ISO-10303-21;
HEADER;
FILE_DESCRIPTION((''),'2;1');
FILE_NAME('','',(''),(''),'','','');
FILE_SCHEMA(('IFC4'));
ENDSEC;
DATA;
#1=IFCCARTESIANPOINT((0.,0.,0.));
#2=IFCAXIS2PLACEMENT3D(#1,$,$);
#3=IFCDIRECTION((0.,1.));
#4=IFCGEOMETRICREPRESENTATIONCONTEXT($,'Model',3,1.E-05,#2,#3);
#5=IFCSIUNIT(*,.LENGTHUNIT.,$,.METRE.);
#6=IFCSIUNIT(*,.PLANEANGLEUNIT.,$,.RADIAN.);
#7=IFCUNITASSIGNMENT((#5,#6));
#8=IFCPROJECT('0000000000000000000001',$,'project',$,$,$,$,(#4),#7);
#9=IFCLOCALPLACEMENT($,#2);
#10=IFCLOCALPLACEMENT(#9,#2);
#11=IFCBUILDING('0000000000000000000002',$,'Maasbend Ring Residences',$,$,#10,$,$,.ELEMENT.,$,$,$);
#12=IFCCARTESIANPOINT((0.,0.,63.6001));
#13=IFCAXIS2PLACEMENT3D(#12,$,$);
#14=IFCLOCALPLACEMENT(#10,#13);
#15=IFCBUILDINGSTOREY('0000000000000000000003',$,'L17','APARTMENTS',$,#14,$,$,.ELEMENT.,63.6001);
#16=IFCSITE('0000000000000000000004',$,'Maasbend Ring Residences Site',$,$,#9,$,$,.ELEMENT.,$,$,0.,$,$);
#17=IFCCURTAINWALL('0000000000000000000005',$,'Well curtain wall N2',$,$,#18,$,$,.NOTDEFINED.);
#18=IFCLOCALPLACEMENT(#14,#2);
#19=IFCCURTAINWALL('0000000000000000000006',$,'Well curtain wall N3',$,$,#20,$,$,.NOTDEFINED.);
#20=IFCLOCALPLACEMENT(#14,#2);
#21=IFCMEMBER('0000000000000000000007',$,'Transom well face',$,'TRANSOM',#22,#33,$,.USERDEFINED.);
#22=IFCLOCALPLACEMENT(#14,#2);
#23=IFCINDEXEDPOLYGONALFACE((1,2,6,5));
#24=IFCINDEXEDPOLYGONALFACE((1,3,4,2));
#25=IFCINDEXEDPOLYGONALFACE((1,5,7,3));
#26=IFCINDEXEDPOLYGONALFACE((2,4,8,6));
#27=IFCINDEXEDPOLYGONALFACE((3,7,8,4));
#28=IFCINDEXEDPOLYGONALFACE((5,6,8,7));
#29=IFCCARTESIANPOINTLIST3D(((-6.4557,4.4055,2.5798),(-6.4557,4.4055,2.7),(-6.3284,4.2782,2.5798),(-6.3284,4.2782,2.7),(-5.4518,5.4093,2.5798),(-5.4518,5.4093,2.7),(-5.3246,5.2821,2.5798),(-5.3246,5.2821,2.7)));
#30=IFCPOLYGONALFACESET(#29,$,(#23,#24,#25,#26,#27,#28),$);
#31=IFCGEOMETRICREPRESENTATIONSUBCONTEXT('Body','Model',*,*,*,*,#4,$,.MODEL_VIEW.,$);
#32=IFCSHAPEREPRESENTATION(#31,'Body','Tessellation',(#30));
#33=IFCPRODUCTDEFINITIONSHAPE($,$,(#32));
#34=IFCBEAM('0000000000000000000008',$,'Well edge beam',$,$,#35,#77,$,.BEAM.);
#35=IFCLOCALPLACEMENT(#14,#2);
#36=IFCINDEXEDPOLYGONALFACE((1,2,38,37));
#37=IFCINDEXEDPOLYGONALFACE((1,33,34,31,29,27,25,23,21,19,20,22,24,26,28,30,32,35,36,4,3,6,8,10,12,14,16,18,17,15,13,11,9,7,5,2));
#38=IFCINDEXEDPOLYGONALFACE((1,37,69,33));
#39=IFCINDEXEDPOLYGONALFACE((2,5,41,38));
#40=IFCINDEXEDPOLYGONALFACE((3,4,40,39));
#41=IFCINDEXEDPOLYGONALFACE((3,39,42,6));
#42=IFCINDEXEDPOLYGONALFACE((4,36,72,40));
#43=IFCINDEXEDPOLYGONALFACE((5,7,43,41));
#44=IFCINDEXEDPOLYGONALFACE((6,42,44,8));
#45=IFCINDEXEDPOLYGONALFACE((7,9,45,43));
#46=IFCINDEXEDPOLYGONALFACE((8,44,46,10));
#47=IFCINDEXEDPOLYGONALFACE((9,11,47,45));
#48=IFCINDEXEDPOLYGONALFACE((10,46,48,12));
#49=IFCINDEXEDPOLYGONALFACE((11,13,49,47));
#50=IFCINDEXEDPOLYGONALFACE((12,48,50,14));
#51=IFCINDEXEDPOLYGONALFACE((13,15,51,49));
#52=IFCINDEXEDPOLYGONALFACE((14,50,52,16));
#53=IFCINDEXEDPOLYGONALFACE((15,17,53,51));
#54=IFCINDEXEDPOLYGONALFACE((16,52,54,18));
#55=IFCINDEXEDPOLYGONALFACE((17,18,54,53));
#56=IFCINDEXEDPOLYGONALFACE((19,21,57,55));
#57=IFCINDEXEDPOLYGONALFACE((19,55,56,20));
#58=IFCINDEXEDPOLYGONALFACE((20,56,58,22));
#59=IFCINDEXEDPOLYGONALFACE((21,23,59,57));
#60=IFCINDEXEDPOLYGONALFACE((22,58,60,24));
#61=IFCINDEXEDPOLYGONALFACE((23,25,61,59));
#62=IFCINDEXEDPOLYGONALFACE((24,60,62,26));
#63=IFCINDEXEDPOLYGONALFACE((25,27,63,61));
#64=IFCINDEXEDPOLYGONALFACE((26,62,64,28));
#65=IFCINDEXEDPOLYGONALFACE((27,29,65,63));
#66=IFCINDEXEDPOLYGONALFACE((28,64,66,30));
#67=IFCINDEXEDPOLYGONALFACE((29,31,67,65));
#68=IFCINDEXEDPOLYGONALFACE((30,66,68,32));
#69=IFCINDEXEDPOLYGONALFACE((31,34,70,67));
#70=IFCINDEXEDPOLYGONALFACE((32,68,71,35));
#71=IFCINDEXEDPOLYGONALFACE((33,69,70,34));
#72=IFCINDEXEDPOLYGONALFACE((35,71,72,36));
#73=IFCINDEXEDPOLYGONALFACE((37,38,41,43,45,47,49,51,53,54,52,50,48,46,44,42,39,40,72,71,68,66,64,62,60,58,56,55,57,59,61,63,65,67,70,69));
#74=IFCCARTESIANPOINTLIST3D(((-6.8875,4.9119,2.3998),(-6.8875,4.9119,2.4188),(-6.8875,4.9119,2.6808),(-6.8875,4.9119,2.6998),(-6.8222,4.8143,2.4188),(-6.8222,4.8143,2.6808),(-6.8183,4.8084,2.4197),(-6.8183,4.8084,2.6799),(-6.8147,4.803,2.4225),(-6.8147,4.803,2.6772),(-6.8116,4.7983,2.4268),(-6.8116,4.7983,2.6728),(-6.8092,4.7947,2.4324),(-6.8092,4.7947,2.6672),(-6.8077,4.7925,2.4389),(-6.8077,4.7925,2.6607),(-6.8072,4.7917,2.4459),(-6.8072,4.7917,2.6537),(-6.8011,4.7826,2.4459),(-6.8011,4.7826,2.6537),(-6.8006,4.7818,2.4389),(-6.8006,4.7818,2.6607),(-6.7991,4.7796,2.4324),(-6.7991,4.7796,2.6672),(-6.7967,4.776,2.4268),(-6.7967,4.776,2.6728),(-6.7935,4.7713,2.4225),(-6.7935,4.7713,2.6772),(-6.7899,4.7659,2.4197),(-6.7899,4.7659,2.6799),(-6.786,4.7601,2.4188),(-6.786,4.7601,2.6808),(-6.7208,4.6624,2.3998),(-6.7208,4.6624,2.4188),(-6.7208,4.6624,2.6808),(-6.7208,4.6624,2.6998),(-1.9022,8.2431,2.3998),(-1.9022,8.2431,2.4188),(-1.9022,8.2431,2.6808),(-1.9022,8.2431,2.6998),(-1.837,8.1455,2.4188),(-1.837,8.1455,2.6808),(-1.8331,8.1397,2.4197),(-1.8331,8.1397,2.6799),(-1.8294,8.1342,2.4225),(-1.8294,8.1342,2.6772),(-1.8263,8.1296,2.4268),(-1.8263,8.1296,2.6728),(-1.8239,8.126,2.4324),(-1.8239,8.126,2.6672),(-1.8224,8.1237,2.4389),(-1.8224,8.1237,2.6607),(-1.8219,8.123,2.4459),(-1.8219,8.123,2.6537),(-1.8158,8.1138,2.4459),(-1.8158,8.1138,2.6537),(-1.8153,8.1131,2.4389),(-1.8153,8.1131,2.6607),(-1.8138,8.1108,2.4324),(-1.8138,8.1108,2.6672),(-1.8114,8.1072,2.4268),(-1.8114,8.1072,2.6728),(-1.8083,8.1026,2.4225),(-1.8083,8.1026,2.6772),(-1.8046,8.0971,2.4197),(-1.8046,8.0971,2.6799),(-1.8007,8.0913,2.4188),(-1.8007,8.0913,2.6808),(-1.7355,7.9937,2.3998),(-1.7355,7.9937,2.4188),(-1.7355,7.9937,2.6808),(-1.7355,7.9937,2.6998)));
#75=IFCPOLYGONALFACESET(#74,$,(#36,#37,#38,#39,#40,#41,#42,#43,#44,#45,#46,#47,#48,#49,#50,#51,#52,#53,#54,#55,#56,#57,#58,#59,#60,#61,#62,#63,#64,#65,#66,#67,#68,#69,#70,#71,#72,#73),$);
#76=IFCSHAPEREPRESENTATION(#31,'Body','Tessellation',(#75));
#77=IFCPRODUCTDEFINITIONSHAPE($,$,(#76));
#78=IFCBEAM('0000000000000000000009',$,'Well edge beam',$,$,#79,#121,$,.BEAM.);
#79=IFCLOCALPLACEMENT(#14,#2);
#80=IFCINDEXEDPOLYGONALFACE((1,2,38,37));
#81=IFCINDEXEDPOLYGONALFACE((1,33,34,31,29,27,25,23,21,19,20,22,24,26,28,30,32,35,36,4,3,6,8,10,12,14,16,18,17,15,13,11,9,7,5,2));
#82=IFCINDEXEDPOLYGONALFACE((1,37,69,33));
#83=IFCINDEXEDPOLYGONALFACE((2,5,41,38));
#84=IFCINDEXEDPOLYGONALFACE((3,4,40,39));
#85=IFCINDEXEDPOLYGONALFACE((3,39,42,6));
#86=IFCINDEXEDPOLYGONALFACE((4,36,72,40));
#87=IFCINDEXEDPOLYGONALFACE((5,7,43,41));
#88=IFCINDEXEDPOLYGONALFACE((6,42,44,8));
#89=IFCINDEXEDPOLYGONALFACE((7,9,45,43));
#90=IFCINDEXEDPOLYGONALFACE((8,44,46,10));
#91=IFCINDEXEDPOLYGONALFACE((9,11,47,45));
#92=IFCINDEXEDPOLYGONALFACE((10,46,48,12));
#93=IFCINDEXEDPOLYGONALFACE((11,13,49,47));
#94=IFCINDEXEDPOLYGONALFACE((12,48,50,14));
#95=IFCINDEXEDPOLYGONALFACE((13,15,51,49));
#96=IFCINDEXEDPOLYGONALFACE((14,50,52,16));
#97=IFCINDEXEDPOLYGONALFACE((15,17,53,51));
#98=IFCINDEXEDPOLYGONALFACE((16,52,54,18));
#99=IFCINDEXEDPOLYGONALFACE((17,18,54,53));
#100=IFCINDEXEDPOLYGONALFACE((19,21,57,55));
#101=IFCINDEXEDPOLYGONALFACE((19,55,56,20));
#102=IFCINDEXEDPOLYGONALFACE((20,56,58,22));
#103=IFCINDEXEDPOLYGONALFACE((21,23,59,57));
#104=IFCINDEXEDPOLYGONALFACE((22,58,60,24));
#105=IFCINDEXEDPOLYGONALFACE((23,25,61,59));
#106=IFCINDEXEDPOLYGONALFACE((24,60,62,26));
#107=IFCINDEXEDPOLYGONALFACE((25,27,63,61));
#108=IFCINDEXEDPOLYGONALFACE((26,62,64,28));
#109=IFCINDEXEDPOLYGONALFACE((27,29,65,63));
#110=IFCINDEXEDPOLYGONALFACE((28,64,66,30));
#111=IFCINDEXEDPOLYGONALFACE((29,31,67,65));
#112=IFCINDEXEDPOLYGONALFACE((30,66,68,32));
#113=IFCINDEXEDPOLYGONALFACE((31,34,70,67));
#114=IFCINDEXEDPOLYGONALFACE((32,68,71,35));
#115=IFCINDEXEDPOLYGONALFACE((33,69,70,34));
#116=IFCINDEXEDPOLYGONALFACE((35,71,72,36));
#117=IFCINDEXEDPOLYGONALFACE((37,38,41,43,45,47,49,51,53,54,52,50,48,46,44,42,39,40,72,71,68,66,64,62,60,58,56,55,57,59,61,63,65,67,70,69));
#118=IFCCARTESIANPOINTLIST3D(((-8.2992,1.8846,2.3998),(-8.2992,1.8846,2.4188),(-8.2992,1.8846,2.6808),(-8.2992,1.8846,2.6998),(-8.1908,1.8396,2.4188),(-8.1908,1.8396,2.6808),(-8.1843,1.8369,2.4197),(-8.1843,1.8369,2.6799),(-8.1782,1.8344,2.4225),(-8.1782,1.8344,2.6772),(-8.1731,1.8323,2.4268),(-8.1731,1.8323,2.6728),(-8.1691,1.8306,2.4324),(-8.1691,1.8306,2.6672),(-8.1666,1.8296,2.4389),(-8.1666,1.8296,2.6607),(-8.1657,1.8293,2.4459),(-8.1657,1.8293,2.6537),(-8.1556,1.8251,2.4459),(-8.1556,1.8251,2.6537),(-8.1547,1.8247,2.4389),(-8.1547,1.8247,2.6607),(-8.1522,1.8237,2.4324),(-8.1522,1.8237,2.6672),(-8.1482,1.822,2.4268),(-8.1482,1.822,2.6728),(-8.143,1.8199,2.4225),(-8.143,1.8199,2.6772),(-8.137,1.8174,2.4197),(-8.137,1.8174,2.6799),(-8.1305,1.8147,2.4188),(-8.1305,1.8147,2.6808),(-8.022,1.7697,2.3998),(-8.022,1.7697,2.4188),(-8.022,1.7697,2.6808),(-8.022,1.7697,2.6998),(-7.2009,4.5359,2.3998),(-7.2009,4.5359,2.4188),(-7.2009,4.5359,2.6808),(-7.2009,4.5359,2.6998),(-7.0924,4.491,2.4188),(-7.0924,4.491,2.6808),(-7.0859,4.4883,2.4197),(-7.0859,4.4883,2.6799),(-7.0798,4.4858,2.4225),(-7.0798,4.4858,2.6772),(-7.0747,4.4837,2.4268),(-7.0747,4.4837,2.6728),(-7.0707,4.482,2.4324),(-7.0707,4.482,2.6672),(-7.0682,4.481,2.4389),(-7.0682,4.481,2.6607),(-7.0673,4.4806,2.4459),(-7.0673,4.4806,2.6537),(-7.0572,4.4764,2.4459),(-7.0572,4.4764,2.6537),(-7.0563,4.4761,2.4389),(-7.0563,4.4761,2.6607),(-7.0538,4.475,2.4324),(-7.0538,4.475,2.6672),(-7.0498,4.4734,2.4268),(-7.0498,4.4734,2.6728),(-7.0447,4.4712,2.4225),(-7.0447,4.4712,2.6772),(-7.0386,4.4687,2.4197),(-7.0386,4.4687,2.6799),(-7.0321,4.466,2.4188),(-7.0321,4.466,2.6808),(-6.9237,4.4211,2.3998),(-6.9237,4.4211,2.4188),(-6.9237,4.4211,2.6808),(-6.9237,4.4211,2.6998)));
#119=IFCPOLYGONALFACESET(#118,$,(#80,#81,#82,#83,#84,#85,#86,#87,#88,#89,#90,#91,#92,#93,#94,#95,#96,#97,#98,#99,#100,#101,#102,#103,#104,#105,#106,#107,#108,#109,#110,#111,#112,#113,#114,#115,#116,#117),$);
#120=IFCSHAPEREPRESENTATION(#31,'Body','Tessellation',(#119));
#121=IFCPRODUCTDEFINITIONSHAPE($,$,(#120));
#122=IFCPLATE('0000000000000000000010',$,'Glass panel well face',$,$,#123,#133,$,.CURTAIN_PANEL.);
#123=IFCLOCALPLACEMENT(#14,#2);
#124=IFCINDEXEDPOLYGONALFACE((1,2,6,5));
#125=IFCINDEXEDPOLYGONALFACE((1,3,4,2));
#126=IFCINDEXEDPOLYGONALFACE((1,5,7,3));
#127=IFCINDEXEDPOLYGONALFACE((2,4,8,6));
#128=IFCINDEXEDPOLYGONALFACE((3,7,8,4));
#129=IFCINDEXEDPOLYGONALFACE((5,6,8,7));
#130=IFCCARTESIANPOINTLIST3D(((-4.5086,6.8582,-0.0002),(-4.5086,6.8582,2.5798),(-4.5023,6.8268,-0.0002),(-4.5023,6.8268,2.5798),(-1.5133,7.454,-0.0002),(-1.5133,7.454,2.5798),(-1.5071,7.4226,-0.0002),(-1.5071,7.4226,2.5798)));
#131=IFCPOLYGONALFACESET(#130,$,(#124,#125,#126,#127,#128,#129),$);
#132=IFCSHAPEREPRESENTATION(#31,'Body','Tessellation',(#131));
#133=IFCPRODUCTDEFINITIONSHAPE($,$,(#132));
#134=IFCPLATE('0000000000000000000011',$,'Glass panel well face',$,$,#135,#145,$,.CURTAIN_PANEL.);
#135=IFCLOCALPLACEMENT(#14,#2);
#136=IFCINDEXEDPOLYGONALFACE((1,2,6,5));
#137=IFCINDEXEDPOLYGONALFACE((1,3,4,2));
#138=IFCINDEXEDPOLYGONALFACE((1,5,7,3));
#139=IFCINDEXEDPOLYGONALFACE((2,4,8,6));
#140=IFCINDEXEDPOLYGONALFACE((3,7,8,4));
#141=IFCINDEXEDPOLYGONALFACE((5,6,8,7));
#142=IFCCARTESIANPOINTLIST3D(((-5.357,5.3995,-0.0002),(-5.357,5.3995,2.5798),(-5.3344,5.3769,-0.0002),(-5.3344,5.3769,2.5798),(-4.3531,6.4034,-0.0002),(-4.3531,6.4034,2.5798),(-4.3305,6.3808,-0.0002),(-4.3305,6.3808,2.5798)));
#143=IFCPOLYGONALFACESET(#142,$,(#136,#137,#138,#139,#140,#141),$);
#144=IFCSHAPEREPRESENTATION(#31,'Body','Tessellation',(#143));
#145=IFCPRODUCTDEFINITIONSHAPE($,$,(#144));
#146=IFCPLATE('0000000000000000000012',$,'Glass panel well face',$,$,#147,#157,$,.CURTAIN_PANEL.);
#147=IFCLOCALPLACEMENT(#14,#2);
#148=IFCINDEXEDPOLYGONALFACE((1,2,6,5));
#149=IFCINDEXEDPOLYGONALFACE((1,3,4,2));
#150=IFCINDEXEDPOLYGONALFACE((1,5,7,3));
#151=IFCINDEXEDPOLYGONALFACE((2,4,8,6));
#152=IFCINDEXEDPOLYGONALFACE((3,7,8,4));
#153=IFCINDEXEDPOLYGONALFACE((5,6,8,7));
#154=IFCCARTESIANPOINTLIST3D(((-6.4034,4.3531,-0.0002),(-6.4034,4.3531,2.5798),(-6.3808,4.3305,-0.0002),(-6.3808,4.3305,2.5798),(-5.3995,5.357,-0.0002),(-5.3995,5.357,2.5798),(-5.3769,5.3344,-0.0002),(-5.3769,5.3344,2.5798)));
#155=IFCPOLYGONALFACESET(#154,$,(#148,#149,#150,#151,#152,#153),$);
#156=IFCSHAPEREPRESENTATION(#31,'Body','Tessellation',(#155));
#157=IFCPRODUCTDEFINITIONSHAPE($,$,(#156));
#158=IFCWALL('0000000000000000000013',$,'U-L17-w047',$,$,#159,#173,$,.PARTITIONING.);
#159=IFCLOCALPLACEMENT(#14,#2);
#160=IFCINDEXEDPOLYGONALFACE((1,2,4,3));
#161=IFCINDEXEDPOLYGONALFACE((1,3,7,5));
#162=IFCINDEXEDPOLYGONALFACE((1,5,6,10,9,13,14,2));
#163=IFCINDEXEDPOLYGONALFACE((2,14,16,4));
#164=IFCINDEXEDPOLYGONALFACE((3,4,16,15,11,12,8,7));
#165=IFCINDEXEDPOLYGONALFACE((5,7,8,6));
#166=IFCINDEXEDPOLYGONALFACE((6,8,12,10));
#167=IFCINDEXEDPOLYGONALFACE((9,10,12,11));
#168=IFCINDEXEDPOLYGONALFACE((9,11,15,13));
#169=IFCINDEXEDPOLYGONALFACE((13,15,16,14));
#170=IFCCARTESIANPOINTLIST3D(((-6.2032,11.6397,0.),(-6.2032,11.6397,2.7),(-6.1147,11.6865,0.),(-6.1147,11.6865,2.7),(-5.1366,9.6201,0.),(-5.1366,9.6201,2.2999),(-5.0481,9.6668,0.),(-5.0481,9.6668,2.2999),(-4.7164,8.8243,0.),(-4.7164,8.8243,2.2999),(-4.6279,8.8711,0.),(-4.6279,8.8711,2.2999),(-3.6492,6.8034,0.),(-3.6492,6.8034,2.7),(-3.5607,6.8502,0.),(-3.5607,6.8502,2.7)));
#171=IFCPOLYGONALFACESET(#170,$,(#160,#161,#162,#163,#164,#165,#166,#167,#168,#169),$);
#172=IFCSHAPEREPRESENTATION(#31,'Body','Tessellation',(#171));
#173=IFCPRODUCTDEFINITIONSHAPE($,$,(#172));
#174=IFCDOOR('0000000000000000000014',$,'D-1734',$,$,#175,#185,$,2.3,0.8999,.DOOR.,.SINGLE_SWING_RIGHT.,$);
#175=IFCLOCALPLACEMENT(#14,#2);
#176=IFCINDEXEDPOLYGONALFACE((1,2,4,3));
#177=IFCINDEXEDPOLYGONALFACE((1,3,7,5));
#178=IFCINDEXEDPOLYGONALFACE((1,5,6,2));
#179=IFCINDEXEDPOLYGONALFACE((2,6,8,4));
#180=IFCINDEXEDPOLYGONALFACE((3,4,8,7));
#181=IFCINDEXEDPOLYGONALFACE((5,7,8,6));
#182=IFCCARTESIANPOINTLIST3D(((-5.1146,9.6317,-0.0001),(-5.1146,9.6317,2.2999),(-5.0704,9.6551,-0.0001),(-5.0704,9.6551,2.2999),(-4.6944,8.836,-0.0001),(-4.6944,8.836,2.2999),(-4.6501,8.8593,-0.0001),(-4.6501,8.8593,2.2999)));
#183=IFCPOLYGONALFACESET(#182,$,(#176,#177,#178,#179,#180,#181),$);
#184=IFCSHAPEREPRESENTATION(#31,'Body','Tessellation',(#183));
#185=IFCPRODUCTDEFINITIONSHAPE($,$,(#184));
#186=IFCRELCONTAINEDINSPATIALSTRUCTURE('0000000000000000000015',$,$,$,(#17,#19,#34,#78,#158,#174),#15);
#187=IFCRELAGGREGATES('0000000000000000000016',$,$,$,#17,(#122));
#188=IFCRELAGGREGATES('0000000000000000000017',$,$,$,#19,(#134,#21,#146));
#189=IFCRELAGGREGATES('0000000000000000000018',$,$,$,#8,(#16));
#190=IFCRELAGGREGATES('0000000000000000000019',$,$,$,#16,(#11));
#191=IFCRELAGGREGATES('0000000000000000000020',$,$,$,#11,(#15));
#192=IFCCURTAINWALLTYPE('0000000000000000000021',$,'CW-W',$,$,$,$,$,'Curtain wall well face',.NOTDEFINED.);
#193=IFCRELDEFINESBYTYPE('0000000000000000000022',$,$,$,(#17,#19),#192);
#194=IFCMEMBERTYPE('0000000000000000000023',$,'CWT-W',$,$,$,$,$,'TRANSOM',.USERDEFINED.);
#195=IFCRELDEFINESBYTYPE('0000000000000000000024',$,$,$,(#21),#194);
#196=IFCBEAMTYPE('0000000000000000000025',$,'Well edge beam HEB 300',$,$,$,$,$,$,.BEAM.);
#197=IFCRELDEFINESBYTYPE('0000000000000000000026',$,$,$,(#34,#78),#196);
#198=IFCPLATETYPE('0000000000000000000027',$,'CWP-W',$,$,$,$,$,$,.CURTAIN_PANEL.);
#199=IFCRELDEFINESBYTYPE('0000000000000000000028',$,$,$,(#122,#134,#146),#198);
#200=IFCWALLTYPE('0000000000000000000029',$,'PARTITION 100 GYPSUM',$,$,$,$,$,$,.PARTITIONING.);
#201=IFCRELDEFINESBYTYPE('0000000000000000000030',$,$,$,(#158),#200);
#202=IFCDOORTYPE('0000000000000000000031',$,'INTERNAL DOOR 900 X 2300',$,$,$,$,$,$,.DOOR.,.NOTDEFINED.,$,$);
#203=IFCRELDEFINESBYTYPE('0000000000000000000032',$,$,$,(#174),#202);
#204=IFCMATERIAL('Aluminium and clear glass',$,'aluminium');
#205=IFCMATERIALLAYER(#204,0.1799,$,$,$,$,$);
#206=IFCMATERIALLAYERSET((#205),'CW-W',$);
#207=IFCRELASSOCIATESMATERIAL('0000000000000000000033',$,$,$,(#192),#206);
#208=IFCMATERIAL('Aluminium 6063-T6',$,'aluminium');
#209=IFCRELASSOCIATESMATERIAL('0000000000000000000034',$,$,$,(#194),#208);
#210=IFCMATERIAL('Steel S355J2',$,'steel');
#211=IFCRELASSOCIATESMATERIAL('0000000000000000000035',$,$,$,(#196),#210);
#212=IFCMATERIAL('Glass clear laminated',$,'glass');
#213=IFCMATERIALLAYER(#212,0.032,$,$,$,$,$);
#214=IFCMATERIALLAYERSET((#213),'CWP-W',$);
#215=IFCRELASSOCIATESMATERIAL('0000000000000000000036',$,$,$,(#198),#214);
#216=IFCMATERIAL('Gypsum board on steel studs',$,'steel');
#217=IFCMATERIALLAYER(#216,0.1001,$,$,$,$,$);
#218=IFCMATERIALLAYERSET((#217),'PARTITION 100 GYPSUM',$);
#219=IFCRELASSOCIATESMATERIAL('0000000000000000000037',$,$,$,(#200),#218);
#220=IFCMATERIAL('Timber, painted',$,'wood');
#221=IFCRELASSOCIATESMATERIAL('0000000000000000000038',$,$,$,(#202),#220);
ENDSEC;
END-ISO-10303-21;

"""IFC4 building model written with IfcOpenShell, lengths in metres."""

from ifc_helpers import new_model, si_unit, direction, frame, frame_2d, origin, origin_2d, place, context, subcontext, project, spatial, rectangle, i_section, extrude, material, layer, layer_set, material_profile, profile_set, type_object, element, fill, aggregate, save


model = new_model("IFC4")

# Units and contexts
model_context = context("Model", 3, precision=1e-05, world=origin(), true_north=direction((0.0, 1.0)))
body_context = subcontext(model_context, "Body", "Model", "MODEL_VIEW")
ifc_project = project(units=[si_unit("LENGTHUNIT", "METRE"), si_unit("PLANEANGLEUNIT", "RADIAN")], contexts=[model_context])

# Site, building, storey
site_placement = place(None, origin())
site = spatial("IfcSite", under=ifc_project, at=site_placement, Name="Maasbend Ring Residences Site", CompositionType="ELEMENT", RefElevation=0.0)
building_placement = place(site_placement, origin())
building = spatial("IfcBuilding", under=site, at=building_placement, Name="Maasbend Ring Residences", CompositionType="ELEMENT")
storey_placement = place(building_placement, frame((0.0, 0.0, 63.6001)))
storey = spatial("IfcBuildingStorey", under=building, at=storey_placement, Name="L17", Description="APARTMENTS", CompositionType="ELEMENT", Elevation=63.6001)

# Curtain walls
ifc_material_1 = material(Name="Aluminium and clear glass", Category="aluminium")
ifc_layer_1 = layer(ifc_material_1, 0.1799)
ifc_layer_set_1 = layer_set([ifc_layer_1], Name="CW-W")
curtain_wall_type = type_object("IfcCurtainWallType", Name="CW-W", ElementType="Curtain wall well face", PredefinedType="NOTDEFINED", material=ifc_layer_set_1)
curtain_wall_1_placement = place(storey_placement, origin())
curtain_wall_1 = element("IfcCurtainWall", 1, at=curtain_wall_1_placement, inside=storey, type_object=curtain_wall_type, Name="Well curtain wall N2", PredefinedType="NOTDEFINED")
curtain_wall_2_placement = place(storey_placement, origin())
curtain_wall_2 = element("IfcCurtainWall", 2, at=curtain_wall_2_placement, inside=storey, type_object=curtain_wall_type, Name="Well curtain wall N3", PredefinedType="NOTDEFINED")

# Member
ifc_material_2 = material(Name="Aluminium 6063-T6", Category="aluminium")
ifc_material_profile_1 = material_profile(ifc_material_2, rectangle(XDim=0.1799, YDim=0.1201, at=origin_2d()), Name="AL 180x120")
ifc_profile_set_1 = profile_set([ifc_material_profile_1], Name="Aluminium 6063-T6")
member_type_1 = type_object("IfcMemberType", Name="CWT-W", ElementType="TRANSOM", PredefinedType="USERDEFINED", material=ifc_profile_set_1)
member_1_placement = place(storey_placement, frame((-5.3882, 5.3457, 2.6399), z_axis=(-0.707107, -0.707107, 0.0), x_axis=(0.707107, -0.707107, 0.0)))
member_1 = element("IfcMember", 3, at=member_1_placement, type_object=member_type_1, Name="Transom well face", ObjectType="TRANSOM", PredefinedType="USERDEFINED", context=body_context, shape_type="SweptSolid", body=[
    extrude(rectangle(XDim=0.1799, YDim=0.1201, at=origin_2d()), origin(), (0.0, 0.0, 1.0), 1.4197),
])

# Beams
ifc_material_3 = material(Name="Steel S355J2", Category="steel")
ifc_material_profile_2 = material_profile(ifc_material_3, i_section(OverallWidth=0.3, OverallDepth=0.3, WebThickness=0.011, FlangeThickness=0.019, FilletRadius=0.0271, at=origin_2d()), Name="HEB 300")
ifc_profile_set_2 = profile_set([ifc_material_profile_2], Name="Steel S355J2")
beam_type = type_object("IfcBeamType", Name="Well edge beam HEB 300", PredefinedType="BEAM", material=ifc_profile_set_2)
beam_1_placement = place(storey_placement, frame((-1.8188, 8.1184, 2.5498), z_axis=(-0.831455, -0.555593, 0.0), x_axis=(0.555593, -0.831455, 0.0)))
element("IfcBeam", 4, at=beam_1_placement, inside=storey, type_object=beam_type, Name="Well edge beam", PredefinedType="BEAM", context=body_context, shape_type="SweptSolid", body=[
    extrude(i_section(OverallWidth=0.3, OverallDepth=0.3, WebThickness=0.011, FlangeThickness=0.019, FilletRadius=0.0271, at=origin_2d()), origin(), (0.0, 0.0, 1.0), 5.9958),
])
beam_2_placement = place(storey_placement, frame((-7.0623, 4.4785, 2.5498), z_axis=(-0.38273, -0.92386, 0.0), x_axis=(0.92386, -0.38273, 0.0)))
element("IfcBeam", 5, at=beam_2_placement, inside=storey, type_object=beam_type, Name="Well edge beam", PredefinedType="BEAM", context=body_context, shape_type="SweptSolid", body=[
    extrude(i_section(OverallWidth=0.3, OverallDepth=0.3, WebThickness=0.011, FlangeThickness=0.019, FilletRadius=0.0271, at=origin_2d()), origin(), (0.0, 0.0, 1.0), 2.8699),
])

# Plates
ifc_material_4 = material(Name="Glass clear laminated", Category="glass")
ifc_layer_2 = layer(ifc_material_4, 0.032)
ifc_layer_set_2 = layer_set([ifc_layer_2], Name="CWP-W")
plate_type = type_object("IfcPlateType", Name="CWP-W", PredefinedType="CURTAIN_PANEL", material=ifc_layer_set_2)
plate_1_placement = place(storey_placement, frame((-3.0078, 7.1404, -0.0002), z_axis=(0.0, 0.0, 1.0), x_axis=(-0.980785, -0.19509, 0.0)))
plate_1 = element("IfcPlate", 6, at=plate_1_placement, type_object=plate_type, Name="Glass panel well face", PredefinedType="CURTAIN_PANEL", context=body_context, shape_type="SweptSolid", body=[
    extrude(rectangle(XDim=3.054, YDim=0.032, at=origin_2d()), origin(), (0.0, 0.0, 1.0), 2.5801),
])
aggregate(curtain_wall_1, [plate_1])
plate_2_placement = place(storey_placement, frame((-4.8438, 5.8901, -0.0002), z_axis=(0.0, 0.0, 1.0), x_axis=(-0.707107, -0.707107, 0.0)))
plate_2 = element("IfcPlate", 7, at=plate_2_placement, type_object=plate_type, Name="Glass panel well face", PredefinedType="CURTAIN_PANEL", context=body_context, shape_type="SweptSolid", body=[
    extrude(rectangle(XDim=1.4197, YDim=0.032, at=origin_2d()), origin(), (0.0, 0.0, 1.0), 2.5801),
])
plate_3_placement = place(storey_placement, frame((-5.8901, 4.8438, -0.0002), z_axis=(0.0, 0.0, 1.0), x_axis=(-0.707107, -0.707107, 0.0)))
plate_3 = element("IfcPlate", 8, at=plate_3_placement, type_object=plate_type, Name="Glass panel well face", PredefinedType="CURTAIN_PANEL", context=body_context, shape_type="SweptSolid", body=[
    extrude(rectangle(XDim=1.4197, YDim=0.032, at=origin_2d()), origin(), (0.0, 0.0, 1.0), 2.5801),
])
aggregate(curtain_wall_2, [plate_2, member_1, plate_3])

# Wall, opening, door
ifc_material_5 = material(Name="Gypsum board on steel studs", Category="steel")
ifc_layer_3 = layer(ifc_material_5, 0.1001)
ifc_layer_set_3 = layer_set([ifc_layer_3], Name="PARTITION 100 GYPSUM")
wall_type_1 = type_object("IfcWallType", Name="PARTITION 100 GYPSUM", PredefinedType="PARTITIONING", material=ifc_layer_set_3)
wall_1_placement = place(storey_placement, frame((-6.1589, 11.6631, 0.0), z_axis=(0.0, 0.0, 1.0), x_axis=(0.466977, -0.88427, 0.0)))
wall_1 = element("IfcWall", 9, at=wall_1_placement, inside=storey, type_object=wall_type_1, Name="U-L17-w047", PredefinedType="PARTITIONING", context=body_context, shape_type="SweptSolid", body=[
    extrude(rectangle(XDim=5.4692, YDim=0.1001, at=frame_2d((2.7346, 0.0))), origin(), (0.0, 0.0, 1.0), 2.7),
])
opening_placement = place(wall_1_placement, frame((2.2839, 0.0, 0.0)))
opening = element("IfcOpeningElement", 10, at=opening_placement, cuts=wall_1, PredefinedType="OPENING", context=body_context, shape_type="SweptSolid", body=[
    extrude(rectangle(XDim=0.8999, YDim=2.3, at=frame_2d((0.45, 1.1499))), frame((0.0, 0.0601, 0.0), z_axis=(0.0, -1.0, 0.0), x_axis=(1.0, 0.0, 0.0)), (0.0, 0.0, 1.0), 0.1201),
])
ifc_material_6 = material(Name="Timber, painted", Category="wood")
door_type = type_object("IfcDoorType", Name="INTERNAL DOOR 900 X 2300", OperationType="NOTDEFINED", PredefinedType="DOOR", material=ifc_material_6)
door_placement = place(opening_placement, origin())
door = element("IfcDoor", 11, at=door_placement, inside=storey, type_object=door_type, Name="D-1734", OperationType="SINGLE_SWING_RIGHT", OverallHeight=2.3, OverallWidth=0.8999, PredefinedType="DOOR", context=body_context, shape_type="SweptSolid", body=[
    extrude(rectangle(XDim=0.8999, YDim=2.3, at=frame_2d((0.45, 1.1499))), frame((0.0, 0.0249, 0.0), z_axis=(0.0, -1.0, 0.0), x_axis=(1.0, 0.0, 0.0)), (0.0, 0.0, 1.0), 0.05),
])
fill(opening, door)

save(model, "model.ifc")
